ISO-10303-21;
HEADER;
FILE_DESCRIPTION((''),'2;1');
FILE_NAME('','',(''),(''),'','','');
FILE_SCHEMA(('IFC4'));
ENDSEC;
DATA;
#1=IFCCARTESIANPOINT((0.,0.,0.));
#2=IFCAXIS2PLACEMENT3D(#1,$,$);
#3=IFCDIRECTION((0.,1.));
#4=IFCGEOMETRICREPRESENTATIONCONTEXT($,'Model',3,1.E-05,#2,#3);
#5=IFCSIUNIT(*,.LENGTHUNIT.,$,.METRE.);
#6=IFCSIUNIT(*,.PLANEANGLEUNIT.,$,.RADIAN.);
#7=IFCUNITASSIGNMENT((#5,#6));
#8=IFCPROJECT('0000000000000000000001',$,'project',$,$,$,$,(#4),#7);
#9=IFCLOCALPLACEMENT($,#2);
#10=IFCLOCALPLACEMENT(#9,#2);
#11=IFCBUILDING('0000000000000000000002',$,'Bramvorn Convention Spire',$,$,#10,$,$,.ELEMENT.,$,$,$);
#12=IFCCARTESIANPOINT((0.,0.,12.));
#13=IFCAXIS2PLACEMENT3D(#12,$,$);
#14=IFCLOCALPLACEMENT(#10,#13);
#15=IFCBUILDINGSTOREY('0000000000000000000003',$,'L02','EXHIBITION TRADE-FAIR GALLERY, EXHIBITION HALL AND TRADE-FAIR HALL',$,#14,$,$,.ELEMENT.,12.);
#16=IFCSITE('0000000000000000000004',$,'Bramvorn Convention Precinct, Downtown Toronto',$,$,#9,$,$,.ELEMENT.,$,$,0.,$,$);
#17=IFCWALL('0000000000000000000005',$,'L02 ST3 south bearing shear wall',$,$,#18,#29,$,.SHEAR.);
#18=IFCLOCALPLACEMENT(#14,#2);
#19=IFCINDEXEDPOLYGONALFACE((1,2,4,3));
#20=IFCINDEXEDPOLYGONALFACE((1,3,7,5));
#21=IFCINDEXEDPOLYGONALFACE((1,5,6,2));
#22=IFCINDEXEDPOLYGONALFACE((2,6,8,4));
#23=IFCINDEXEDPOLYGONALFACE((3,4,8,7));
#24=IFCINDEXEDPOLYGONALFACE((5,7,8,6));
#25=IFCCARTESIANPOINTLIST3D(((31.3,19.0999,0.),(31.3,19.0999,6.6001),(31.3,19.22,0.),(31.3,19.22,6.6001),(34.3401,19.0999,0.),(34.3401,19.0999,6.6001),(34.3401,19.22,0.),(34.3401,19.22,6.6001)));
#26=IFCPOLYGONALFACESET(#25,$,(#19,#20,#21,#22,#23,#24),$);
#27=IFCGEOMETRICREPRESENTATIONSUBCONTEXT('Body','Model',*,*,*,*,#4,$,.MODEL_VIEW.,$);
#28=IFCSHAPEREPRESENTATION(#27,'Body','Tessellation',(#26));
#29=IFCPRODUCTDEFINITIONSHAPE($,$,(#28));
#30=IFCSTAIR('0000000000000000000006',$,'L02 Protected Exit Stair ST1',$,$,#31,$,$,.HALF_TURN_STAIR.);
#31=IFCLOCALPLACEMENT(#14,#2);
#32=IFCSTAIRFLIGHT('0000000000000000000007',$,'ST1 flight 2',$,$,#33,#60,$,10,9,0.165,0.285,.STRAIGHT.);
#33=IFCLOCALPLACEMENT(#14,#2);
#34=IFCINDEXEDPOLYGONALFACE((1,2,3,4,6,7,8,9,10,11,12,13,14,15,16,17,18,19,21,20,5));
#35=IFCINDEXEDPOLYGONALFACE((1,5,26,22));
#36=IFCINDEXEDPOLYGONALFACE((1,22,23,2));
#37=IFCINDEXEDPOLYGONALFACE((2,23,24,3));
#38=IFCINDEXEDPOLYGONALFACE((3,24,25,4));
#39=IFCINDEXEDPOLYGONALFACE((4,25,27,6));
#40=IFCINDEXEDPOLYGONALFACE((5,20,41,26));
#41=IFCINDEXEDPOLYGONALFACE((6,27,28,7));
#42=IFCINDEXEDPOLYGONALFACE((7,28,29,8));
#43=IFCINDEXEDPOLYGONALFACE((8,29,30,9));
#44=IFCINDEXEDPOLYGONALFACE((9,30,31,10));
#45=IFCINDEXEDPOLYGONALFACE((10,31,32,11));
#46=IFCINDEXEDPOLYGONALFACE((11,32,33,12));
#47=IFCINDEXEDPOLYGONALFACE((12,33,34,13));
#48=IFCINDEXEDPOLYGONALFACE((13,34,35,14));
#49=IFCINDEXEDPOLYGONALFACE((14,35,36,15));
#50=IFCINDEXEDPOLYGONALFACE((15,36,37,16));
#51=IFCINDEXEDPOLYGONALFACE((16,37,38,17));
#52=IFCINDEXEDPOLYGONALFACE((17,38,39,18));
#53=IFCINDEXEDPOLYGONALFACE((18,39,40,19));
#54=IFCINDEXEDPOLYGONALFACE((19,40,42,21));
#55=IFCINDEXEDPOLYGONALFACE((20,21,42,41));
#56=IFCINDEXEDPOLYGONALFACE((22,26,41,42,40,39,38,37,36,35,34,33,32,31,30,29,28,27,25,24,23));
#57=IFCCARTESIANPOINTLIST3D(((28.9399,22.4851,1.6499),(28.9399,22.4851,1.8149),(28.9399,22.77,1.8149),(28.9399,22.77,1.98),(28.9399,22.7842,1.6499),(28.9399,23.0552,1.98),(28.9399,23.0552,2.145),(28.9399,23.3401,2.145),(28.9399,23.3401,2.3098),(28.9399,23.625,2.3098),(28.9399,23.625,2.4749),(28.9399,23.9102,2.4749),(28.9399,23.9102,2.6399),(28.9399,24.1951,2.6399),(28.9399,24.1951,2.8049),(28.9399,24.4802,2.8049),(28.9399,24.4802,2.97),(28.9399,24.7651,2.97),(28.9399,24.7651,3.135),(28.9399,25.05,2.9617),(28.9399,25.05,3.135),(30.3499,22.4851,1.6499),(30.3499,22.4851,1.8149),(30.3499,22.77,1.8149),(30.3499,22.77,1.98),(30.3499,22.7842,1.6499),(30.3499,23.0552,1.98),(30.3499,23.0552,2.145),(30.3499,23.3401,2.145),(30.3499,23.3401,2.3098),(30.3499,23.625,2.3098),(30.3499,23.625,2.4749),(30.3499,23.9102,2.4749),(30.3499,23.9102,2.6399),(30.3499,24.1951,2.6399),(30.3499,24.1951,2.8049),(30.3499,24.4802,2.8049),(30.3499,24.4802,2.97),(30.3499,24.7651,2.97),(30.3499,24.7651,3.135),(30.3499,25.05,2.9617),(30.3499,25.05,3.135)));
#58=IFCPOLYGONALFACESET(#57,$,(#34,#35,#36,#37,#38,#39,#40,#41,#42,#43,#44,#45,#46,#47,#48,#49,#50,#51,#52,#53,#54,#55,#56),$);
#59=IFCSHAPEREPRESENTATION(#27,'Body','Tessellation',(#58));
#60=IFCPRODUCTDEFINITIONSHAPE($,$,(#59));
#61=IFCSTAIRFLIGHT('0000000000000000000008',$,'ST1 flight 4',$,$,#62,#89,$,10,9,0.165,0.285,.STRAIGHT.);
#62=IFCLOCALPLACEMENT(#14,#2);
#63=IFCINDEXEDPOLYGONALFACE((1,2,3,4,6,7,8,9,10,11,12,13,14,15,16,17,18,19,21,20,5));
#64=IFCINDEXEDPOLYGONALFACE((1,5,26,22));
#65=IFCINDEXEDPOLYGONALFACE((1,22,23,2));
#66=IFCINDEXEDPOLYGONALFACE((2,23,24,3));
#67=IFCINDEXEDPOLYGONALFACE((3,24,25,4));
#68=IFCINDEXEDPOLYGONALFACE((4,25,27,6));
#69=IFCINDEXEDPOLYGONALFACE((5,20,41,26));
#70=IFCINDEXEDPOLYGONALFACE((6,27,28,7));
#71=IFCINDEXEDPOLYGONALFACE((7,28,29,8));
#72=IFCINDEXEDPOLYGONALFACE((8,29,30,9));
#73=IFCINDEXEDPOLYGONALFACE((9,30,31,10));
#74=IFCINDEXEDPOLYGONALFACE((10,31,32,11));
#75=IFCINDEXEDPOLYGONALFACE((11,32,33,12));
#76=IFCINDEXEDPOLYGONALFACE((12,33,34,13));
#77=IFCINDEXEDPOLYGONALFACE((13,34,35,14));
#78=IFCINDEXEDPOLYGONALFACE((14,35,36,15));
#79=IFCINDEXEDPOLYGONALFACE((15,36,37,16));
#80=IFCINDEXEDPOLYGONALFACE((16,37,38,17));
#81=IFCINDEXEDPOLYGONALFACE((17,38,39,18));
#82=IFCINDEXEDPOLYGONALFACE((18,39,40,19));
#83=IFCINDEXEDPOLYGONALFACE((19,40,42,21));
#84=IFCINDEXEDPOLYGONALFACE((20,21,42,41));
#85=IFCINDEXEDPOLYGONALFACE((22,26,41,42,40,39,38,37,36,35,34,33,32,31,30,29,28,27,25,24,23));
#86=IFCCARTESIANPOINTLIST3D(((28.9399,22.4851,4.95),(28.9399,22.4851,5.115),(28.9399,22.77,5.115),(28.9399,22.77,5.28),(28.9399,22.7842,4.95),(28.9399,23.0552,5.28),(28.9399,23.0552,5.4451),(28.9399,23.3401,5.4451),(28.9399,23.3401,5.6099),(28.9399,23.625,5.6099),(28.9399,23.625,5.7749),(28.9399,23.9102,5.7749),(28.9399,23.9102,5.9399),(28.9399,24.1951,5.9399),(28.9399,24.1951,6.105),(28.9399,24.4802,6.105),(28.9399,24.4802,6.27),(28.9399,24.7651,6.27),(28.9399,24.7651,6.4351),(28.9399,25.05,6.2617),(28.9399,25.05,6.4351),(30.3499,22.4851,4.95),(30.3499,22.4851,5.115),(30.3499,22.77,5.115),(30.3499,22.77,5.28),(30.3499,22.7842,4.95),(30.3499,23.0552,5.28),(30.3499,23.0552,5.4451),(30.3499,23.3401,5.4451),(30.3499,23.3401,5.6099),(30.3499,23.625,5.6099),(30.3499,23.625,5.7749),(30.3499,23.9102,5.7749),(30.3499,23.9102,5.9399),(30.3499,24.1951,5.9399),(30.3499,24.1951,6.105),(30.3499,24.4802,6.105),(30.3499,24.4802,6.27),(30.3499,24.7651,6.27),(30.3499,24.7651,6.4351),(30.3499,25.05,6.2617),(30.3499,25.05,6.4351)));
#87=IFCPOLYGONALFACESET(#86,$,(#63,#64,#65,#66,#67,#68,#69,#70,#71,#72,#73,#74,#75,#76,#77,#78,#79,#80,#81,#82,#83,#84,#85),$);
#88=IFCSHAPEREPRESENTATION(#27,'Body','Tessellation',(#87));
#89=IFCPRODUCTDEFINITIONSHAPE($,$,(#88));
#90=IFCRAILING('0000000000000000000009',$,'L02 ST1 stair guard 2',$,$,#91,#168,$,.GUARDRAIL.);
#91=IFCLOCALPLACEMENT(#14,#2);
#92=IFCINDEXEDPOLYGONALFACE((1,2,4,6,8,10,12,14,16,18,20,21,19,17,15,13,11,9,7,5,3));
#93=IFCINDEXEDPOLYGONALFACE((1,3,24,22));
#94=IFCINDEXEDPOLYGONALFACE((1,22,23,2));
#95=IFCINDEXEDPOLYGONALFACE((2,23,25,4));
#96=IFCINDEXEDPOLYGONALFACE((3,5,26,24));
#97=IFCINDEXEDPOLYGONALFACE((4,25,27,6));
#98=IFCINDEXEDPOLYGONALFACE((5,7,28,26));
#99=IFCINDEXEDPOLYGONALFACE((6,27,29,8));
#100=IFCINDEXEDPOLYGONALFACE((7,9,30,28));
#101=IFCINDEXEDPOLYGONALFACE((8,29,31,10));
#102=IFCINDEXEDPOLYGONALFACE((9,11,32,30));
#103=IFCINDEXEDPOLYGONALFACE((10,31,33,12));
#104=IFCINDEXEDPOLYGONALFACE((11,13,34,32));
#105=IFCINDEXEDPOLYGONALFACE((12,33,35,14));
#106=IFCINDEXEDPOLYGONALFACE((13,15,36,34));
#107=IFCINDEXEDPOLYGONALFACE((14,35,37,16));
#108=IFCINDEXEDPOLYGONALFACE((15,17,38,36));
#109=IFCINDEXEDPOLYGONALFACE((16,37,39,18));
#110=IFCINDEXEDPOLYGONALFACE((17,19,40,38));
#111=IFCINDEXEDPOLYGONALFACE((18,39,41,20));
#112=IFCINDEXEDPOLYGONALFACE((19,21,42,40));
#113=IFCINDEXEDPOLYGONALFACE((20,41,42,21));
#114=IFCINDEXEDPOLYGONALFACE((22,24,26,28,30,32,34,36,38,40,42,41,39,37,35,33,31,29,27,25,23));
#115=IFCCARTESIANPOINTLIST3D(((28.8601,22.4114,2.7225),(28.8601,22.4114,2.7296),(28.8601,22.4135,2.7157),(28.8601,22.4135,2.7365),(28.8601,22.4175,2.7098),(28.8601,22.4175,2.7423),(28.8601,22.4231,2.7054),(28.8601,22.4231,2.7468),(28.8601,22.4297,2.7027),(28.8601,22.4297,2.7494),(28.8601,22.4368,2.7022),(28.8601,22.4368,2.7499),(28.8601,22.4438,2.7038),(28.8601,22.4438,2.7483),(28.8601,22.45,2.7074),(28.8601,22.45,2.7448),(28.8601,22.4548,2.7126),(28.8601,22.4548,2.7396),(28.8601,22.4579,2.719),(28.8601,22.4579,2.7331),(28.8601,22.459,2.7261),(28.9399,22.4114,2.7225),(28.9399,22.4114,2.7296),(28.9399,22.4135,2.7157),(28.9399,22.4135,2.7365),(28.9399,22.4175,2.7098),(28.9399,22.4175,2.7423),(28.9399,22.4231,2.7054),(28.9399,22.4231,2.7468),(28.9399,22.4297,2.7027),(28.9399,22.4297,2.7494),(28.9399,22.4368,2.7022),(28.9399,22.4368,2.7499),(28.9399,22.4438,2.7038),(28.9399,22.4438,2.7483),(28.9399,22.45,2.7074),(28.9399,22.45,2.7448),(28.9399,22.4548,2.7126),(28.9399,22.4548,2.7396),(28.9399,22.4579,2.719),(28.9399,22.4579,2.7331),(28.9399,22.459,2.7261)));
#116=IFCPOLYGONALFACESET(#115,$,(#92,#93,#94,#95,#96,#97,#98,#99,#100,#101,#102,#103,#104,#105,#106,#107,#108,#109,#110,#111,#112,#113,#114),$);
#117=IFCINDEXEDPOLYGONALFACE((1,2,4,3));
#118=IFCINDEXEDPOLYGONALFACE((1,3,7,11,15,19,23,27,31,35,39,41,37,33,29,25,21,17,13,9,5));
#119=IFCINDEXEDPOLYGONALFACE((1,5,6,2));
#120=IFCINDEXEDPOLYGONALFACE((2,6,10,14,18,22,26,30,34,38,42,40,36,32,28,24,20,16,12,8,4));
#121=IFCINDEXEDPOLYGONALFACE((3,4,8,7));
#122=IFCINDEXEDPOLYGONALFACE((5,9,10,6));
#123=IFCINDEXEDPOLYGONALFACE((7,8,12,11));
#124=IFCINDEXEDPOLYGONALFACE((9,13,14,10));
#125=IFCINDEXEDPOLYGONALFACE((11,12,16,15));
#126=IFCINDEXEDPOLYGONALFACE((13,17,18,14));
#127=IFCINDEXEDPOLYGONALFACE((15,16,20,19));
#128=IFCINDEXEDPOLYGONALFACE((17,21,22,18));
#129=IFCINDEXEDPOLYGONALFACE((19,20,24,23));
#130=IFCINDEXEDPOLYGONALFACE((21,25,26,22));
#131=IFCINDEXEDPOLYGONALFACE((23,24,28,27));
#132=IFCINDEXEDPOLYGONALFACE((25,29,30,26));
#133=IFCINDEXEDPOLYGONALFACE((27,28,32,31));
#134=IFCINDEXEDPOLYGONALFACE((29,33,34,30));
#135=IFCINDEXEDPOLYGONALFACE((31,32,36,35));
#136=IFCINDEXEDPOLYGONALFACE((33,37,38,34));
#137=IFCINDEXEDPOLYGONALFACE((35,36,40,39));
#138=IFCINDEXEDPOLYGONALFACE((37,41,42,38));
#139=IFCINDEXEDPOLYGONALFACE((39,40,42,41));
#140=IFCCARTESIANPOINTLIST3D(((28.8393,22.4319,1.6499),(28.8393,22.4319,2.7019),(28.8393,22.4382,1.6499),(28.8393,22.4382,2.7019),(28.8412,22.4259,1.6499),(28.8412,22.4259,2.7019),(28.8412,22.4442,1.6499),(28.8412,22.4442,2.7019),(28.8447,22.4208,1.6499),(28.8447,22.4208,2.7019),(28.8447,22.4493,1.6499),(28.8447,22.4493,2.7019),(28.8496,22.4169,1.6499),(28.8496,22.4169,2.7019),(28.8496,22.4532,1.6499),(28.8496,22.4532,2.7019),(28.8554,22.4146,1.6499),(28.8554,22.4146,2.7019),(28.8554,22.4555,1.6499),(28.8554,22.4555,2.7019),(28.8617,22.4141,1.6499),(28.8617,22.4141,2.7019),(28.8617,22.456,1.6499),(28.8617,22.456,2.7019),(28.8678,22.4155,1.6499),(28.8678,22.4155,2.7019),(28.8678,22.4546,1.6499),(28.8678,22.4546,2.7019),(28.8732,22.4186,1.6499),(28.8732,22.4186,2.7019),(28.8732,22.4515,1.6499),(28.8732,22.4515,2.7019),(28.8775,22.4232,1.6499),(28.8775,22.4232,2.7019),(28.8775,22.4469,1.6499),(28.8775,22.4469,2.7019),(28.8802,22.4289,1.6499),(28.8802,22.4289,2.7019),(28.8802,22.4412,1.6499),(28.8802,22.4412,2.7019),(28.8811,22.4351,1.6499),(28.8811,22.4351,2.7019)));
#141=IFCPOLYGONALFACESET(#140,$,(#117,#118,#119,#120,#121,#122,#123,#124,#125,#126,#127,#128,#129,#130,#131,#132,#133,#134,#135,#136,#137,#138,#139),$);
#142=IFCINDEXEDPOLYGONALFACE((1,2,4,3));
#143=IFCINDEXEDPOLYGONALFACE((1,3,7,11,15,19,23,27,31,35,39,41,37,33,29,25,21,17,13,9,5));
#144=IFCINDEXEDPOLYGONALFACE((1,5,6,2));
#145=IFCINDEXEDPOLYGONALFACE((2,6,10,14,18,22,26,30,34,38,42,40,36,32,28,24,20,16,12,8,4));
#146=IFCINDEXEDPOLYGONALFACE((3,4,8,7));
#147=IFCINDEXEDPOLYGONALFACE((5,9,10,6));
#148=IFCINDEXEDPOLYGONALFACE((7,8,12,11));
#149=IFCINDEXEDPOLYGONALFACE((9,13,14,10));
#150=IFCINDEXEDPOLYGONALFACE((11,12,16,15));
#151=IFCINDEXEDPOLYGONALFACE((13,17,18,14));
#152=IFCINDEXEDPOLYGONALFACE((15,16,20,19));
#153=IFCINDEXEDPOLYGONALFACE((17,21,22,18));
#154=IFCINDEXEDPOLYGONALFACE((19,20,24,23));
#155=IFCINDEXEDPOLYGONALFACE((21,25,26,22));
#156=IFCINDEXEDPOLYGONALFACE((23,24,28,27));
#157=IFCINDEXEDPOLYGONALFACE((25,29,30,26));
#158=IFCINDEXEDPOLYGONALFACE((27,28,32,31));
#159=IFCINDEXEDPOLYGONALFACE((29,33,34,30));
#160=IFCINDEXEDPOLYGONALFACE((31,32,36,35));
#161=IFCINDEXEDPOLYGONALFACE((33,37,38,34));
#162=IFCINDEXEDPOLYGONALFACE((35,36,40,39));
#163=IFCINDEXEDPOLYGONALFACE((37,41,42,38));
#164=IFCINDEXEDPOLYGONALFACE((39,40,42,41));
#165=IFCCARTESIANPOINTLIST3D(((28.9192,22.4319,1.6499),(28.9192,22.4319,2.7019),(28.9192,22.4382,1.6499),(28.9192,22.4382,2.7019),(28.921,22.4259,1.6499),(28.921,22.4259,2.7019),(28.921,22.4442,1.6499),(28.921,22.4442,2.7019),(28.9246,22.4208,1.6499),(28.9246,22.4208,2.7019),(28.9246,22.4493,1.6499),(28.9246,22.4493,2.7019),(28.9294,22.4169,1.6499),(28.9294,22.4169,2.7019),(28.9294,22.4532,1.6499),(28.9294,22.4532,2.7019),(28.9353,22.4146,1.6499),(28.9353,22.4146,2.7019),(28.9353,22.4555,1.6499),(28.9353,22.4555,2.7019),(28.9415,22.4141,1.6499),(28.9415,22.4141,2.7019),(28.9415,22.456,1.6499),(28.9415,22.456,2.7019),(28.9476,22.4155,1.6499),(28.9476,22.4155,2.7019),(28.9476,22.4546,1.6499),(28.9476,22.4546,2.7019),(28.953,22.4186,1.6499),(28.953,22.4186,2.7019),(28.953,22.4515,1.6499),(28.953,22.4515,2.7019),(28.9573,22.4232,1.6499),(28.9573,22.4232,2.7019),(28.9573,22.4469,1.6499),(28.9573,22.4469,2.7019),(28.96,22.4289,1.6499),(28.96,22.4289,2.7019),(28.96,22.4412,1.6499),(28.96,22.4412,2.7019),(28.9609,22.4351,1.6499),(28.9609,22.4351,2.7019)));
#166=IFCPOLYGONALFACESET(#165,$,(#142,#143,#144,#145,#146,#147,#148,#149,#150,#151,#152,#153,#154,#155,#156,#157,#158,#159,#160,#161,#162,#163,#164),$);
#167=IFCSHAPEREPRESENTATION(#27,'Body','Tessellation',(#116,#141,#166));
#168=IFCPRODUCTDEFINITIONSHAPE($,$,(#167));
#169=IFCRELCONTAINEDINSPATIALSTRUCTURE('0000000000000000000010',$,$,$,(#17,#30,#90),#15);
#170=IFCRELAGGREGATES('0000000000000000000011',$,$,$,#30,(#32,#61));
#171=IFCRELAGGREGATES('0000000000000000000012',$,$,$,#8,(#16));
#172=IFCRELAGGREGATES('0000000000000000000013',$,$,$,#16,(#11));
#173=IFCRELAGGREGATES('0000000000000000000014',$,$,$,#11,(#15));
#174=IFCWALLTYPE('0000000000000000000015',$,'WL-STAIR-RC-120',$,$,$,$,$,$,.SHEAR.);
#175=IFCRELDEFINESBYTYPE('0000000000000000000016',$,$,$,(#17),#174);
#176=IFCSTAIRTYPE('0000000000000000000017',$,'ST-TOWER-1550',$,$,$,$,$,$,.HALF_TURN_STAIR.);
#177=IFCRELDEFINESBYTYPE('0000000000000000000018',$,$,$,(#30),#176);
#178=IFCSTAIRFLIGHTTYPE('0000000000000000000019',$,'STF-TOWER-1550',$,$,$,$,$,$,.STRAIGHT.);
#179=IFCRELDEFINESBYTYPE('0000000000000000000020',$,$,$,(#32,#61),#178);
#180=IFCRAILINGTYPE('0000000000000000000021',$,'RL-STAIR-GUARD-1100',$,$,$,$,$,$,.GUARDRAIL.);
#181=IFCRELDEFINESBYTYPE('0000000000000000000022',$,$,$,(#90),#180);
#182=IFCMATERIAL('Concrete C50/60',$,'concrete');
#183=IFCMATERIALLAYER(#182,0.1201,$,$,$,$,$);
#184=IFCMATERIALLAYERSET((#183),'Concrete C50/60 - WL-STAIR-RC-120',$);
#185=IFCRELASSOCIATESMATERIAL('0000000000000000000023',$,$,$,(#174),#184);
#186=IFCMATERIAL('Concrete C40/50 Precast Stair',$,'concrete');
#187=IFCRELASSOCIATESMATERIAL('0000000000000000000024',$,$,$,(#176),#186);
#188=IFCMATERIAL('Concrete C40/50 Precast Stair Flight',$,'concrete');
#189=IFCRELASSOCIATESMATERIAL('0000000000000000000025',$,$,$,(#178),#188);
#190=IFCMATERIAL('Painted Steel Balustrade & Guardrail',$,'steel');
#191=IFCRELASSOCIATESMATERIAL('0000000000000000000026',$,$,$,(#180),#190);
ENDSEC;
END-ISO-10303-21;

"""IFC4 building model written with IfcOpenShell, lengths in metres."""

from ifc_helpers import new_model, si_unit, direction, frame, frame_2d, origin, origin_2d, place, context, subcontext, project, spatial, polyline, rectangle, circle, outline, extrude, material, layer, layer_set, type_object, element, aggregate, save


model = new_model("IFC4")

# Units and contexts
model_context = context("Model", 3, precision=1e-05, world=origin(), true_north=direction((0.0, 1.0)))
body_context = subcontext(model_context, "Body", "Model", "MODEL_VIEW")
ifc_project = project(units=[si_unit("LENGTHUNIT", "METRE"), si_unit("PLANEANGLEUNIT", "RADIAN")], contexts=[model_context])

# Site, building, storey
site_placement = place(None, origin())
site = spatial("IfcSite", under=ifc_project, at=site_placement, Name="Bramvorn Convention Precinct, Downtown Toronto", CompositionType="ELEMENT", RefElevation=0.0)
building_placement = place(site_placement, origin())
building = spatial("IfcBuilding", under=site, at=building_placement, Name="Bramvorn Convention Spire", CompositionType="ELEMENT")
storey_placement = place(building_placement, frame((0.0, 0.0, 12.0)))
storey = spatial("IfcBuildingStorey", under=building, at=storey_placement, Name="L02", Description="EXHIBITION TRADE-FAIR GALLERY, EXHIBITION HALL AND TRADE-FAIR HALL", CompositionType="ELEMENT", Elevation=12.0)

# Wall
ifc_material_1 = material(Name="Concrete C50/60", Category="concrete")
ifc_layer_1 = layer(ifc_material_1, 0.1201)
ifc_layer_set_1 = layer_set([ifc_layer_1], Name="Concrete C50/60 - WL-STAIR-RC-120")
wall_type_1 = type_object("IfcWallType", Name="WL-STAIR-RC-120", PredefinedType="SHEAR", material=ifc_layer_set_1)
wall_1_placement = place(storey_placement, frame((31.3, 19.1599, 0.0), z_axis=(0.0, 0.0, 1.0), x_axis=(1.0, 0.0, 0.0)))
element("IfcWall", 1, at=wall_1_placement, inside=storey, type_object=wall_type_1, Name="L02 ST3 south bearing shear wall", PredefinedType="SHEAR", context=body_context, shape_type="SweptSolid", body=[
    extrude(rectangle(XDim=3.04, YDim=0.1201, at=frame_2d((1.52, 0.0))), origin(), (0.0, 0.0, 1.0), 6.6001),
])

# Stair, stair flights
ifc_material_2 = material(Name="Concrete C40/50 Precast Stair", Category="concrete")
stair_type = type_object("IfcStairType", Name="ST-TOWER-1550", PredefinedType="HALF_TURN_STAIR", material=ifc_material_2)
stair_placement = place(storey_placement, origin())
stair = element("IfcStair", 2, at=stair_placement, inside=storey, type_object=stair_type, Name="L02 Protected Exit Stair ST1", PredefinedType="HALF_TURN_STAIR")
ifc_material_3 = material(Name="Concrete C40/50 Precast Stair Flight", Category="concrete")
stair_flight_type = type_object("IfcStairFlightType", Name="STF-TOWER-1550", PredefinedType="STRAIGHT", material=ifc_material_3)
stair_flight_1_placement = place(storey_placement, frame((29.645, 22.4851, 1.6499), z_axis=(0.0, 0.0, 1.0), x_axis=(0.0, 1.0, 0.0)))
stair_flight_1 = element("IfcStairFlight", 3, at=stair_flight_1_placement, type_object=stair_flight_type, Name="ST1 flight 2", NumberOfRisers=10, NumberOfTreads=9, PredefinedType="STRAIGHT", RiserHeight=0.165, TreadLength=0.285, context=body_context, shape_type="SweptSolid", body=[
    extrude(outline(polyline([(0.0, 0.0), (0.0, 0.165), (0.2849, 0.165), (0.2849, 0.3301), (0.5701, 0.3301), (0.5701, 0.4951), (0.855, 0.4951), (0.855, 0.6599), (1.1399, 0.6599), (1.1399, 0.825), (1.425, 0.825), (1.425, 0.99), (1.71, 0.99), (1.71, 1.155), (1.9951, 1.155), (1.9951, 1.3201), (2.28, 1.3201), (2.28, 1.4851), (2.5649, 1.4851), (2.5649, 1.6499), (2.5649, 1.3118), (0.2991, 0.0), (0.0, 0.0)])), frame((0.0, 0.7051, 0.0), z_axis=(0.0, -1.0, 0.0), x_axis=(1.0, 0.0, 0.0)), (0.0, 0.0, 1.0), 1.4099),
])
stair_flight_2_placement = place(storey_placement, frame((29.645, 22.4851, 4.95), z_axis=(0.0, 0.0, 1.0), x_axis=(0.0, 1.0, 0.0)))
stair_flight_2 = element("IfcStairFlight", 4, at=stair_flight_2_placement, type_object=stair_flight_type, Name="ST1 flight 4", NumberOfRisers=10, NumberOfTreads=9, PredefinedType="STRAIGHT", RiserHeight=0.165, TreadLength=0.285, context=body_context, shape_type="SweptSolid", body=[
    extrude(outline(polyline([(0.0, 0.0), (0.0, 0.165), (0.2849, 0.165), (0.2849, 0.3301), (0.5701, 0.3301), (0.5701, 0.4951), (0.855, 0.4951), (0.855, 0.6599), (1.1399, 0.6599), (1.1399, 0.825), (1.425, 0.825), (1.425, 0.99), (1.71, 0.99), (1.71, 1.155), (1.9951, 1.155), (1.9951, 1.3201), (2.28, 1.3201), (2.28, 1.4851), (2.5649, 1.4851), (2.5649, 1.6499), (2.5649, 1.3118), (0.2991, 0.0), (0.0, 0.0)])), frame((0.0, 0.7051, 0.0), z_axis=(0.0, -1.0, 0.0), x_axis=(1.0, 0.0, 0.0)), (0.0, 0.0, 1.0), 1.4099),
])
aggregate(stair, [stair_flight_1, stair_flight_2])

# Railing
ifc_material_4 = material(Name="Painted Steel Balustrade & Guardrail", Category="steel")
railing_type = type_object("IfcRailingType", Name="RL-STAIR-GUARD-1100", PredefinedType="GUARDRAIL", material=ifc_material_4)
railing_1_placement = place(storey_placement, frame((28.8601, 22.4351, 1.6499)))
element("IfcRailing", 5, at=railing_1_placement, inside=storey, type_object=railing_type, Name="L02 ST1 stair guard 2", PredefinedType="GUARDRAIL", context=body_context, shape_type="SweptSolid", body=[
    extrude(circle(Radius=0.0239, at=origin_2d()), frame((0.0, 0.0, 1.0762), z_axis=(1.0, 0.0, 0.0), x_axis=(0.0, 1.0, 0.0)), (0.0, 0.0, 1.0), 0.0798),
    extrude(circle(Radius=0.021, at=origin_2d()), origin(), (0.0, 0.0, 1.0), 1.052),
    extrude(circle(Radius=0.021, at=origin_2d()), frame((0.0798, 0.0, 0.0)), (0.0, 0.0, 1.0), 1.052),
])

save(model, "model.ifc")
